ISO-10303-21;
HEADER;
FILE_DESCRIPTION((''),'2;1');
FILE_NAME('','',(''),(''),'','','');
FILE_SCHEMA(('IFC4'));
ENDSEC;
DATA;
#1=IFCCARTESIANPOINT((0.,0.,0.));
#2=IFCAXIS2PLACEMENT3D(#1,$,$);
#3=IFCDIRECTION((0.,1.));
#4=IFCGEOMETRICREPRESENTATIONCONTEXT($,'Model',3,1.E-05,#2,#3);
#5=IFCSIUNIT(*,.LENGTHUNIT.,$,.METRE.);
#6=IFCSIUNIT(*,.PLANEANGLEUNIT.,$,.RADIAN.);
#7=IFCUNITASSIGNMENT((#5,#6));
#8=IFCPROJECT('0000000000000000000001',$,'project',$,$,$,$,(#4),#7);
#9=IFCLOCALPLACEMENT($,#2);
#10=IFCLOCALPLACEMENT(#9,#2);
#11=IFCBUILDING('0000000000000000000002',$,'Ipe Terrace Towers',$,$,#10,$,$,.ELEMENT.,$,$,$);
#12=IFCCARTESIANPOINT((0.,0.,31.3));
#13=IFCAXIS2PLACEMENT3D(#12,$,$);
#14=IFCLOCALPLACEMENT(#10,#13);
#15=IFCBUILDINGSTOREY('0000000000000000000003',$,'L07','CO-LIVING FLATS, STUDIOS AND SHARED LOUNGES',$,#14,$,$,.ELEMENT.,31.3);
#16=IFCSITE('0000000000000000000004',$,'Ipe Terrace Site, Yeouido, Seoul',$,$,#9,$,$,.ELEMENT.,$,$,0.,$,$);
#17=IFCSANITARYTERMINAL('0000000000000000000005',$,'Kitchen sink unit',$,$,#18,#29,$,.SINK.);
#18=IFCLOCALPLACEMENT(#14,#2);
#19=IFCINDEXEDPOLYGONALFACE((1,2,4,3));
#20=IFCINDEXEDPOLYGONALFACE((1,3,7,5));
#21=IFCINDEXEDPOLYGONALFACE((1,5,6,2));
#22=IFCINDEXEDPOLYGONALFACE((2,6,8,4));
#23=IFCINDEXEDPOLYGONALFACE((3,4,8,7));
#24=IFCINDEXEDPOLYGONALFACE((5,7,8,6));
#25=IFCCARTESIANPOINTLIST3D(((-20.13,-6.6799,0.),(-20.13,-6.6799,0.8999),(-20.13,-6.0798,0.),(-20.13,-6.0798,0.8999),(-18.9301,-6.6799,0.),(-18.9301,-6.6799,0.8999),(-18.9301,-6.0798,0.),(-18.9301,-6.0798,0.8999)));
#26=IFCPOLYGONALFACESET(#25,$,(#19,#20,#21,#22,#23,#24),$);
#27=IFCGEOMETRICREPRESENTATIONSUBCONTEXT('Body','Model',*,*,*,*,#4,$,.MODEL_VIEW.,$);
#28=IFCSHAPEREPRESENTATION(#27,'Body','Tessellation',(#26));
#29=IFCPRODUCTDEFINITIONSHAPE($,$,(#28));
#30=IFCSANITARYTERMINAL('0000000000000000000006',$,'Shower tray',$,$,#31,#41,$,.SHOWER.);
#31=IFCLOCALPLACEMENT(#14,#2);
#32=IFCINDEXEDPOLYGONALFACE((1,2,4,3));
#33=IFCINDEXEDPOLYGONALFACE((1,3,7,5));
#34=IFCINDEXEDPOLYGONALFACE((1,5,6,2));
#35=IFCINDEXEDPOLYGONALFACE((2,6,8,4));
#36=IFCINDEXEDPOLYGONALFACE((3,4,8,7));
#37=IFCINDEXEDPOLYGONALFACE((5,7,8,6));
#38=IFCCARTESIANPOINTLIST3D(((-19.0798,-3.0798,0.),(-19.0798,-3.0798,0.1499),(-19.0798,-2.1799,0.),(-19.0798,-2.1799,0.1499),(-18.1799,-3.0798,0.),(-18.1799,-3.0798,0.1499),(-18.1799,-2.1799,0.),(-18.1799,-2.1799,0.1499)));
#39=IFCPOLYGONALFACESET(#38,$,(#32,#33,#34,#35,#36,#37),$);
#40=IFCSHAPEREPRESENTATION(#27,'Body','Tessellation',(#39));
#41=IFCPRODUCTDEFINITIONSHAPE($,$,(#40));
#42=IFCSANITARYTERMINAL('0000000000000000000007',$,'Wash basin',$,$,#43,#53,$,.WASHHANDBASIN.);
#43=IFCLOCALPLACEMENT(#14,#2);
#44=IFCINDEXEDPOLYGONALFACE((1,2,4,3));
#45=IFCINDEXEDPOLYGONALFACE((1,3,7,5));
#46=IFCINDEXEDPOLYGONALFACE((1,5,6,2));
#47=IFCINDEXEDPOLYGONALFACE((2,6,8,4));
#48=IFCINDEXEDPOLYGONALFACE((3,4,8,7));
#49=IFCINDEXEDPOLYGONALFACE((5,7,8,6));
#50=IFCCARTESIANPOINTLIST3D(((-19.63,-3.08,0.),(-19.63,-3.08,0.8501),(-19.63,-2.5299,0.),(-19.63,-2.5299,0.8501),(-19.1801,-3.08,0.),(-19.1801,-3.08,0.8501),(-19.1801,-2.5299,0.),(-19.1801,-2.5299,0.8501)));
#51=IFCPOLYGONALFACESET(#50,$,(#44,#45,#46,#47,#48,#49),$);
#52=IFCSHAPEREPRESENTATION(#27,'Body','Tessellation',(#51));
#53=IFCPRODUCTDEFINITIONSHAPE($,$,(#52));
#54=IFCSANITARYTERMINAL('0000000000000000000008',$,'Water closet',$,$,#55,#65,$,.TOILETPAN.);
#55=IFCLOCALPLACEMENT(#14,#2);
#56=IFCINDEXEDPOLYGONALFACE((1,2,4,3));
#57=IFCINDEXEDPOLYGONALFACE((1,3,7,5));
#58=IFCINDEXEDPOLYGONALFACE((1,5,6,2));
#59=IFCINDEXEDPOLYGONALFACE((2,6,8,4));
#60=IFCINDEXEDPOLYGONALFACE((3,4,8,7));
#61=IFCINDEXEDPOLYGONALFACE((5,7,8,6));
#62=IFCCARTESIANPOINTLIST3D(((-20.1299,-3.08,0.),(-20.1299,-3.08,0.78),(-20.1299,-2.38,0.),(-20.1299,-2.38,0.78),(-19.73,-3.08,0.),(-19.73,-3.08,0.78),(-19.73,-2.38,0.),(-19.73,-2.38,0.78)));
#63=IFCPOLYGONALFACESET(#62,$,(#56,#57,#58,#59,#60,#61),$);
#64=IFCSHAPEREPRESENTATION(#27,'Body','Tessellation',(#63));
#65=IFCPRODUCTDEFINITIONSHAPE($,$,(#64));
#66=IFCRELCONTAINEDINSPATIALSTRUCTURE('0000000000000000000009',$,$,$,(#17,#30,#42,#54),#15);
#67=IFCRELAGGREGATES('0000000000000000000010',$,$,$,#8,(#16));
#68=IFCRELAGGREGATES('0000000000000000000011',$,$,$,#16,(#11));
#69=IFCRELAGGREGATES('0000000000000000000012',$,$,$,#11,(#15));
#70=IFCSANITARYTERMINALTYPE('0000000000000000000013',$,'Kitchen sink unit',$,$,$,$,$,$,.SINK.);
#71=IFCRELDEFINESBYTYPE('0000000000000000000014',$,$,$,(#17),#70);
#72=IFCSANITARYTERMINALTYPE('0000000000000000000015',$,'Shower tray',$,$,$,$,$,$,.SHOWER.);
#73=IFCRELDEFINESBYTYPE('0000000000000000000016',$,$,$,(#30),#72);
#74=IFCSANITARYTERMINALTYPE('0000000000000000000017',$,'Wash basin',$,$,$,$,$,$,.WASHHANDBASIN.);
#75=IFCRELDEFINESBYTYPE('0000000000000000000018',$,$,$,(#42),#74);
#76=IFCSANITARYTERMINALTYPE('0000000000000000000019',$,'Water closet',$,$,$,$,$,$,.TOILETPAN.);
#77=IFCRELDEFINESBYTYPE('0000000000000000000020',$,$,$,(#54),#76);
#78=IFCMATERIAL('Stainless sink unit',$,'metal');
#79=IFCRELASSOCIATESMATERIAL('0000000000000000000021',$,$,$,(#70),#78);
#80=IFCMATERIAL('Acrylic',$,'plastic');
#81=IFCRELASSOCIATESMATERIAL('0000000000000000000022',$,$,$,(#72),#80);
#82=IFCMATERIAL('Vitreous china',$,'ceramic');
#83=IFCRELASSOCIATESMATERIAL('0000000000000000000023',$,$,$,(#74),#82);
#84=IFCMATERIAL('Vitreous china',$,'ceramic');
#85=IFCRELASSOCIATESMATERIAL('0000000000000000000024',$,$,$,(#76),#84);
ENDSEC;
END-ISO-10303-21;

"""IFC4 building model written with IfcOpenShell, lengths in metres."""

from ifc_helpers import new_model, si_unit, direction, frame, origin, origin_2d, place, context, subcontext, project, spatial, rectangle, extrude, material, type_object, element, save


model = new_model("IFC4")

# Units and contexts
model_context = context("Model", 3, precision=1e-05, world=origin(), true_north=direction((0.0, 1.0)))
body_context = subcontext(model_context, "Body", "Model", "MODEL_VIEW")
ifc_project = project(units=[si_unit("LENGTHUNIT", "METRE"), si_unit("PLANEANGLEUNIT", "RADIAN")], contexts=[model_context])

# Site, building, storey
site_placement = place(None, origin())
site = spatial("IfcSite", under=ifc_project, at=site_placement, Name="Ipe Terrace Site, Yeouido, Seoul", CompositionType="ELEMENT", RefElevation=0.0)
building_placement = place(site_placement, origin())
building = spatial("IfcBuilding", under=site, at=building_placement, Name="Ipe Terrace Towers", CompositionType="ELEMENT")
storey_placement = place(building_placement, frame((0.0, 0.0, 31.3)))
storey = spatial("IfcBuildingStorey", under=building, at=storey_placement, Name="L07", Description="CO-LIVING FLATS, STUDIOS AND SHARED LOUNGES", CompositionType="ELEMENT", Elevation=31.3)

# Sanitary terminals
ifc_material_1 = material(Name="Stainless sink unit", Category="metal")
sanitary_terminal_type_1 = type_object("IfcSanitaryTerminalType", Name="Kitchen sink unit", PredefinedType="SINK", material=ifc_material_1)
sanitary_terminal_1_placement = place(storey_placement, frame((-19.53, -6.3799, 0.0), z_axis=(0.0, 0.0, 1.0), x_axis=(-1.0, 0.0, 0.0)))
element("IfcSanitaryTerminal", 1, at=sanitary_terminal_1_placement, inside=storey, type_object=sanitary_terminal_type_1, Name="Kitchen sink unit", PredefinedType="SINK", context=body_context, shape_type="SweptSolid", body=[
    extrude(rectangle(XDim=1.2, YDim=0.6001, at=origin_2d()), origin(), (0.0, 0.0, 1.0), 0.8999),
])
ifc_material_2 = material(Name="Acrylic", Category="plastic")
sanitary_terminal_type_2 = type_object("IfcSanitaryTerminalType", Name="Shower tray", PredefinedType="SHOWER", material=ifc_material_2)
sanitary_terminal_2_placement = place(storey_placement, frame((-18.6299, -2.6299, 0.0), z_axis=(0.0, 0.0, 1.0), x_axis=(0.0, 1.0, 0.0)))
element("IfcSanitaryTerminal", 2, at=sanitary_terminal_2_placement, inside=storey, type_object=sanitary_terminal_type_2, Name="Shower tray", PredefinedType="SHOWER", context=body_context, shape_type="SweptSolid", body=[
    extrude(rectangle(XDim=0.8999, YDim=0.8999, at=origin_2d()), origin(), (0.0, 0.0, 1.0), 0.1499),
])
ifc_material_3 = material(Name="Vitreous china", Category="ceramic")
sanitary_terminal_type_3 = type_object("IfcSanitaryTerminalType", Name="Wash basin", PredefinedType="WASHHANDBASIN", material=ifc_material_3)
sanitary_terminal_3_placement = place(storey_placement, frame((-19.405, -2.8049, 0.0), z_axis=(0.0, 0.0, 1.0), x_axis=(0.0, 1.0, 0.0)))
element("IfcSanitaryTerminal", 3, at=sanitary_terminal_3_placement, inside=storey, type_object=sanitary_terminal_type_3, Name="Wash basin", PredefinedType="WASHHANDBASIN", context=body_context, shape_type="SweptSolid", body=[
    extrude(rectangle(XDim=0.55, YDim=0.45, at=origin_2d()), origin(), (0.0, 0.0, 1.0), 0.8501),
])
ifc_material_4 = material(Name="Vitreous china", Category="ceramic")
sanitary_terminal_type_4 = type_object("IfcSanitaryTerminalType", Name="Water closet", PredefinedType="TOILETPAN", material=ifc_material_4)
sanitary_terminal_4_placement = place(storey_placement, frame((-19.9299, -2.73, 0.0), z_axis=(0.0, 0.0, 1.0), x_axis=(0.0, 1.0, 0.0)))
element("IfcSanitaryTerminal", 4, at=sanitary_terminal_4_placement, inside=storey, type_object=sanitary_terminal_type_4, Name="Water closet", PredefinedType="TOILETPAN", context=body_context, shape_type="SweptSolid", body=[
    extrude(rectangle(XDim=0.7, YDim=0.3999, at=origin_2d()), origin(), (0.0, 0.0, 1.0), 0.78),
])

save(model, "model.ifc")
